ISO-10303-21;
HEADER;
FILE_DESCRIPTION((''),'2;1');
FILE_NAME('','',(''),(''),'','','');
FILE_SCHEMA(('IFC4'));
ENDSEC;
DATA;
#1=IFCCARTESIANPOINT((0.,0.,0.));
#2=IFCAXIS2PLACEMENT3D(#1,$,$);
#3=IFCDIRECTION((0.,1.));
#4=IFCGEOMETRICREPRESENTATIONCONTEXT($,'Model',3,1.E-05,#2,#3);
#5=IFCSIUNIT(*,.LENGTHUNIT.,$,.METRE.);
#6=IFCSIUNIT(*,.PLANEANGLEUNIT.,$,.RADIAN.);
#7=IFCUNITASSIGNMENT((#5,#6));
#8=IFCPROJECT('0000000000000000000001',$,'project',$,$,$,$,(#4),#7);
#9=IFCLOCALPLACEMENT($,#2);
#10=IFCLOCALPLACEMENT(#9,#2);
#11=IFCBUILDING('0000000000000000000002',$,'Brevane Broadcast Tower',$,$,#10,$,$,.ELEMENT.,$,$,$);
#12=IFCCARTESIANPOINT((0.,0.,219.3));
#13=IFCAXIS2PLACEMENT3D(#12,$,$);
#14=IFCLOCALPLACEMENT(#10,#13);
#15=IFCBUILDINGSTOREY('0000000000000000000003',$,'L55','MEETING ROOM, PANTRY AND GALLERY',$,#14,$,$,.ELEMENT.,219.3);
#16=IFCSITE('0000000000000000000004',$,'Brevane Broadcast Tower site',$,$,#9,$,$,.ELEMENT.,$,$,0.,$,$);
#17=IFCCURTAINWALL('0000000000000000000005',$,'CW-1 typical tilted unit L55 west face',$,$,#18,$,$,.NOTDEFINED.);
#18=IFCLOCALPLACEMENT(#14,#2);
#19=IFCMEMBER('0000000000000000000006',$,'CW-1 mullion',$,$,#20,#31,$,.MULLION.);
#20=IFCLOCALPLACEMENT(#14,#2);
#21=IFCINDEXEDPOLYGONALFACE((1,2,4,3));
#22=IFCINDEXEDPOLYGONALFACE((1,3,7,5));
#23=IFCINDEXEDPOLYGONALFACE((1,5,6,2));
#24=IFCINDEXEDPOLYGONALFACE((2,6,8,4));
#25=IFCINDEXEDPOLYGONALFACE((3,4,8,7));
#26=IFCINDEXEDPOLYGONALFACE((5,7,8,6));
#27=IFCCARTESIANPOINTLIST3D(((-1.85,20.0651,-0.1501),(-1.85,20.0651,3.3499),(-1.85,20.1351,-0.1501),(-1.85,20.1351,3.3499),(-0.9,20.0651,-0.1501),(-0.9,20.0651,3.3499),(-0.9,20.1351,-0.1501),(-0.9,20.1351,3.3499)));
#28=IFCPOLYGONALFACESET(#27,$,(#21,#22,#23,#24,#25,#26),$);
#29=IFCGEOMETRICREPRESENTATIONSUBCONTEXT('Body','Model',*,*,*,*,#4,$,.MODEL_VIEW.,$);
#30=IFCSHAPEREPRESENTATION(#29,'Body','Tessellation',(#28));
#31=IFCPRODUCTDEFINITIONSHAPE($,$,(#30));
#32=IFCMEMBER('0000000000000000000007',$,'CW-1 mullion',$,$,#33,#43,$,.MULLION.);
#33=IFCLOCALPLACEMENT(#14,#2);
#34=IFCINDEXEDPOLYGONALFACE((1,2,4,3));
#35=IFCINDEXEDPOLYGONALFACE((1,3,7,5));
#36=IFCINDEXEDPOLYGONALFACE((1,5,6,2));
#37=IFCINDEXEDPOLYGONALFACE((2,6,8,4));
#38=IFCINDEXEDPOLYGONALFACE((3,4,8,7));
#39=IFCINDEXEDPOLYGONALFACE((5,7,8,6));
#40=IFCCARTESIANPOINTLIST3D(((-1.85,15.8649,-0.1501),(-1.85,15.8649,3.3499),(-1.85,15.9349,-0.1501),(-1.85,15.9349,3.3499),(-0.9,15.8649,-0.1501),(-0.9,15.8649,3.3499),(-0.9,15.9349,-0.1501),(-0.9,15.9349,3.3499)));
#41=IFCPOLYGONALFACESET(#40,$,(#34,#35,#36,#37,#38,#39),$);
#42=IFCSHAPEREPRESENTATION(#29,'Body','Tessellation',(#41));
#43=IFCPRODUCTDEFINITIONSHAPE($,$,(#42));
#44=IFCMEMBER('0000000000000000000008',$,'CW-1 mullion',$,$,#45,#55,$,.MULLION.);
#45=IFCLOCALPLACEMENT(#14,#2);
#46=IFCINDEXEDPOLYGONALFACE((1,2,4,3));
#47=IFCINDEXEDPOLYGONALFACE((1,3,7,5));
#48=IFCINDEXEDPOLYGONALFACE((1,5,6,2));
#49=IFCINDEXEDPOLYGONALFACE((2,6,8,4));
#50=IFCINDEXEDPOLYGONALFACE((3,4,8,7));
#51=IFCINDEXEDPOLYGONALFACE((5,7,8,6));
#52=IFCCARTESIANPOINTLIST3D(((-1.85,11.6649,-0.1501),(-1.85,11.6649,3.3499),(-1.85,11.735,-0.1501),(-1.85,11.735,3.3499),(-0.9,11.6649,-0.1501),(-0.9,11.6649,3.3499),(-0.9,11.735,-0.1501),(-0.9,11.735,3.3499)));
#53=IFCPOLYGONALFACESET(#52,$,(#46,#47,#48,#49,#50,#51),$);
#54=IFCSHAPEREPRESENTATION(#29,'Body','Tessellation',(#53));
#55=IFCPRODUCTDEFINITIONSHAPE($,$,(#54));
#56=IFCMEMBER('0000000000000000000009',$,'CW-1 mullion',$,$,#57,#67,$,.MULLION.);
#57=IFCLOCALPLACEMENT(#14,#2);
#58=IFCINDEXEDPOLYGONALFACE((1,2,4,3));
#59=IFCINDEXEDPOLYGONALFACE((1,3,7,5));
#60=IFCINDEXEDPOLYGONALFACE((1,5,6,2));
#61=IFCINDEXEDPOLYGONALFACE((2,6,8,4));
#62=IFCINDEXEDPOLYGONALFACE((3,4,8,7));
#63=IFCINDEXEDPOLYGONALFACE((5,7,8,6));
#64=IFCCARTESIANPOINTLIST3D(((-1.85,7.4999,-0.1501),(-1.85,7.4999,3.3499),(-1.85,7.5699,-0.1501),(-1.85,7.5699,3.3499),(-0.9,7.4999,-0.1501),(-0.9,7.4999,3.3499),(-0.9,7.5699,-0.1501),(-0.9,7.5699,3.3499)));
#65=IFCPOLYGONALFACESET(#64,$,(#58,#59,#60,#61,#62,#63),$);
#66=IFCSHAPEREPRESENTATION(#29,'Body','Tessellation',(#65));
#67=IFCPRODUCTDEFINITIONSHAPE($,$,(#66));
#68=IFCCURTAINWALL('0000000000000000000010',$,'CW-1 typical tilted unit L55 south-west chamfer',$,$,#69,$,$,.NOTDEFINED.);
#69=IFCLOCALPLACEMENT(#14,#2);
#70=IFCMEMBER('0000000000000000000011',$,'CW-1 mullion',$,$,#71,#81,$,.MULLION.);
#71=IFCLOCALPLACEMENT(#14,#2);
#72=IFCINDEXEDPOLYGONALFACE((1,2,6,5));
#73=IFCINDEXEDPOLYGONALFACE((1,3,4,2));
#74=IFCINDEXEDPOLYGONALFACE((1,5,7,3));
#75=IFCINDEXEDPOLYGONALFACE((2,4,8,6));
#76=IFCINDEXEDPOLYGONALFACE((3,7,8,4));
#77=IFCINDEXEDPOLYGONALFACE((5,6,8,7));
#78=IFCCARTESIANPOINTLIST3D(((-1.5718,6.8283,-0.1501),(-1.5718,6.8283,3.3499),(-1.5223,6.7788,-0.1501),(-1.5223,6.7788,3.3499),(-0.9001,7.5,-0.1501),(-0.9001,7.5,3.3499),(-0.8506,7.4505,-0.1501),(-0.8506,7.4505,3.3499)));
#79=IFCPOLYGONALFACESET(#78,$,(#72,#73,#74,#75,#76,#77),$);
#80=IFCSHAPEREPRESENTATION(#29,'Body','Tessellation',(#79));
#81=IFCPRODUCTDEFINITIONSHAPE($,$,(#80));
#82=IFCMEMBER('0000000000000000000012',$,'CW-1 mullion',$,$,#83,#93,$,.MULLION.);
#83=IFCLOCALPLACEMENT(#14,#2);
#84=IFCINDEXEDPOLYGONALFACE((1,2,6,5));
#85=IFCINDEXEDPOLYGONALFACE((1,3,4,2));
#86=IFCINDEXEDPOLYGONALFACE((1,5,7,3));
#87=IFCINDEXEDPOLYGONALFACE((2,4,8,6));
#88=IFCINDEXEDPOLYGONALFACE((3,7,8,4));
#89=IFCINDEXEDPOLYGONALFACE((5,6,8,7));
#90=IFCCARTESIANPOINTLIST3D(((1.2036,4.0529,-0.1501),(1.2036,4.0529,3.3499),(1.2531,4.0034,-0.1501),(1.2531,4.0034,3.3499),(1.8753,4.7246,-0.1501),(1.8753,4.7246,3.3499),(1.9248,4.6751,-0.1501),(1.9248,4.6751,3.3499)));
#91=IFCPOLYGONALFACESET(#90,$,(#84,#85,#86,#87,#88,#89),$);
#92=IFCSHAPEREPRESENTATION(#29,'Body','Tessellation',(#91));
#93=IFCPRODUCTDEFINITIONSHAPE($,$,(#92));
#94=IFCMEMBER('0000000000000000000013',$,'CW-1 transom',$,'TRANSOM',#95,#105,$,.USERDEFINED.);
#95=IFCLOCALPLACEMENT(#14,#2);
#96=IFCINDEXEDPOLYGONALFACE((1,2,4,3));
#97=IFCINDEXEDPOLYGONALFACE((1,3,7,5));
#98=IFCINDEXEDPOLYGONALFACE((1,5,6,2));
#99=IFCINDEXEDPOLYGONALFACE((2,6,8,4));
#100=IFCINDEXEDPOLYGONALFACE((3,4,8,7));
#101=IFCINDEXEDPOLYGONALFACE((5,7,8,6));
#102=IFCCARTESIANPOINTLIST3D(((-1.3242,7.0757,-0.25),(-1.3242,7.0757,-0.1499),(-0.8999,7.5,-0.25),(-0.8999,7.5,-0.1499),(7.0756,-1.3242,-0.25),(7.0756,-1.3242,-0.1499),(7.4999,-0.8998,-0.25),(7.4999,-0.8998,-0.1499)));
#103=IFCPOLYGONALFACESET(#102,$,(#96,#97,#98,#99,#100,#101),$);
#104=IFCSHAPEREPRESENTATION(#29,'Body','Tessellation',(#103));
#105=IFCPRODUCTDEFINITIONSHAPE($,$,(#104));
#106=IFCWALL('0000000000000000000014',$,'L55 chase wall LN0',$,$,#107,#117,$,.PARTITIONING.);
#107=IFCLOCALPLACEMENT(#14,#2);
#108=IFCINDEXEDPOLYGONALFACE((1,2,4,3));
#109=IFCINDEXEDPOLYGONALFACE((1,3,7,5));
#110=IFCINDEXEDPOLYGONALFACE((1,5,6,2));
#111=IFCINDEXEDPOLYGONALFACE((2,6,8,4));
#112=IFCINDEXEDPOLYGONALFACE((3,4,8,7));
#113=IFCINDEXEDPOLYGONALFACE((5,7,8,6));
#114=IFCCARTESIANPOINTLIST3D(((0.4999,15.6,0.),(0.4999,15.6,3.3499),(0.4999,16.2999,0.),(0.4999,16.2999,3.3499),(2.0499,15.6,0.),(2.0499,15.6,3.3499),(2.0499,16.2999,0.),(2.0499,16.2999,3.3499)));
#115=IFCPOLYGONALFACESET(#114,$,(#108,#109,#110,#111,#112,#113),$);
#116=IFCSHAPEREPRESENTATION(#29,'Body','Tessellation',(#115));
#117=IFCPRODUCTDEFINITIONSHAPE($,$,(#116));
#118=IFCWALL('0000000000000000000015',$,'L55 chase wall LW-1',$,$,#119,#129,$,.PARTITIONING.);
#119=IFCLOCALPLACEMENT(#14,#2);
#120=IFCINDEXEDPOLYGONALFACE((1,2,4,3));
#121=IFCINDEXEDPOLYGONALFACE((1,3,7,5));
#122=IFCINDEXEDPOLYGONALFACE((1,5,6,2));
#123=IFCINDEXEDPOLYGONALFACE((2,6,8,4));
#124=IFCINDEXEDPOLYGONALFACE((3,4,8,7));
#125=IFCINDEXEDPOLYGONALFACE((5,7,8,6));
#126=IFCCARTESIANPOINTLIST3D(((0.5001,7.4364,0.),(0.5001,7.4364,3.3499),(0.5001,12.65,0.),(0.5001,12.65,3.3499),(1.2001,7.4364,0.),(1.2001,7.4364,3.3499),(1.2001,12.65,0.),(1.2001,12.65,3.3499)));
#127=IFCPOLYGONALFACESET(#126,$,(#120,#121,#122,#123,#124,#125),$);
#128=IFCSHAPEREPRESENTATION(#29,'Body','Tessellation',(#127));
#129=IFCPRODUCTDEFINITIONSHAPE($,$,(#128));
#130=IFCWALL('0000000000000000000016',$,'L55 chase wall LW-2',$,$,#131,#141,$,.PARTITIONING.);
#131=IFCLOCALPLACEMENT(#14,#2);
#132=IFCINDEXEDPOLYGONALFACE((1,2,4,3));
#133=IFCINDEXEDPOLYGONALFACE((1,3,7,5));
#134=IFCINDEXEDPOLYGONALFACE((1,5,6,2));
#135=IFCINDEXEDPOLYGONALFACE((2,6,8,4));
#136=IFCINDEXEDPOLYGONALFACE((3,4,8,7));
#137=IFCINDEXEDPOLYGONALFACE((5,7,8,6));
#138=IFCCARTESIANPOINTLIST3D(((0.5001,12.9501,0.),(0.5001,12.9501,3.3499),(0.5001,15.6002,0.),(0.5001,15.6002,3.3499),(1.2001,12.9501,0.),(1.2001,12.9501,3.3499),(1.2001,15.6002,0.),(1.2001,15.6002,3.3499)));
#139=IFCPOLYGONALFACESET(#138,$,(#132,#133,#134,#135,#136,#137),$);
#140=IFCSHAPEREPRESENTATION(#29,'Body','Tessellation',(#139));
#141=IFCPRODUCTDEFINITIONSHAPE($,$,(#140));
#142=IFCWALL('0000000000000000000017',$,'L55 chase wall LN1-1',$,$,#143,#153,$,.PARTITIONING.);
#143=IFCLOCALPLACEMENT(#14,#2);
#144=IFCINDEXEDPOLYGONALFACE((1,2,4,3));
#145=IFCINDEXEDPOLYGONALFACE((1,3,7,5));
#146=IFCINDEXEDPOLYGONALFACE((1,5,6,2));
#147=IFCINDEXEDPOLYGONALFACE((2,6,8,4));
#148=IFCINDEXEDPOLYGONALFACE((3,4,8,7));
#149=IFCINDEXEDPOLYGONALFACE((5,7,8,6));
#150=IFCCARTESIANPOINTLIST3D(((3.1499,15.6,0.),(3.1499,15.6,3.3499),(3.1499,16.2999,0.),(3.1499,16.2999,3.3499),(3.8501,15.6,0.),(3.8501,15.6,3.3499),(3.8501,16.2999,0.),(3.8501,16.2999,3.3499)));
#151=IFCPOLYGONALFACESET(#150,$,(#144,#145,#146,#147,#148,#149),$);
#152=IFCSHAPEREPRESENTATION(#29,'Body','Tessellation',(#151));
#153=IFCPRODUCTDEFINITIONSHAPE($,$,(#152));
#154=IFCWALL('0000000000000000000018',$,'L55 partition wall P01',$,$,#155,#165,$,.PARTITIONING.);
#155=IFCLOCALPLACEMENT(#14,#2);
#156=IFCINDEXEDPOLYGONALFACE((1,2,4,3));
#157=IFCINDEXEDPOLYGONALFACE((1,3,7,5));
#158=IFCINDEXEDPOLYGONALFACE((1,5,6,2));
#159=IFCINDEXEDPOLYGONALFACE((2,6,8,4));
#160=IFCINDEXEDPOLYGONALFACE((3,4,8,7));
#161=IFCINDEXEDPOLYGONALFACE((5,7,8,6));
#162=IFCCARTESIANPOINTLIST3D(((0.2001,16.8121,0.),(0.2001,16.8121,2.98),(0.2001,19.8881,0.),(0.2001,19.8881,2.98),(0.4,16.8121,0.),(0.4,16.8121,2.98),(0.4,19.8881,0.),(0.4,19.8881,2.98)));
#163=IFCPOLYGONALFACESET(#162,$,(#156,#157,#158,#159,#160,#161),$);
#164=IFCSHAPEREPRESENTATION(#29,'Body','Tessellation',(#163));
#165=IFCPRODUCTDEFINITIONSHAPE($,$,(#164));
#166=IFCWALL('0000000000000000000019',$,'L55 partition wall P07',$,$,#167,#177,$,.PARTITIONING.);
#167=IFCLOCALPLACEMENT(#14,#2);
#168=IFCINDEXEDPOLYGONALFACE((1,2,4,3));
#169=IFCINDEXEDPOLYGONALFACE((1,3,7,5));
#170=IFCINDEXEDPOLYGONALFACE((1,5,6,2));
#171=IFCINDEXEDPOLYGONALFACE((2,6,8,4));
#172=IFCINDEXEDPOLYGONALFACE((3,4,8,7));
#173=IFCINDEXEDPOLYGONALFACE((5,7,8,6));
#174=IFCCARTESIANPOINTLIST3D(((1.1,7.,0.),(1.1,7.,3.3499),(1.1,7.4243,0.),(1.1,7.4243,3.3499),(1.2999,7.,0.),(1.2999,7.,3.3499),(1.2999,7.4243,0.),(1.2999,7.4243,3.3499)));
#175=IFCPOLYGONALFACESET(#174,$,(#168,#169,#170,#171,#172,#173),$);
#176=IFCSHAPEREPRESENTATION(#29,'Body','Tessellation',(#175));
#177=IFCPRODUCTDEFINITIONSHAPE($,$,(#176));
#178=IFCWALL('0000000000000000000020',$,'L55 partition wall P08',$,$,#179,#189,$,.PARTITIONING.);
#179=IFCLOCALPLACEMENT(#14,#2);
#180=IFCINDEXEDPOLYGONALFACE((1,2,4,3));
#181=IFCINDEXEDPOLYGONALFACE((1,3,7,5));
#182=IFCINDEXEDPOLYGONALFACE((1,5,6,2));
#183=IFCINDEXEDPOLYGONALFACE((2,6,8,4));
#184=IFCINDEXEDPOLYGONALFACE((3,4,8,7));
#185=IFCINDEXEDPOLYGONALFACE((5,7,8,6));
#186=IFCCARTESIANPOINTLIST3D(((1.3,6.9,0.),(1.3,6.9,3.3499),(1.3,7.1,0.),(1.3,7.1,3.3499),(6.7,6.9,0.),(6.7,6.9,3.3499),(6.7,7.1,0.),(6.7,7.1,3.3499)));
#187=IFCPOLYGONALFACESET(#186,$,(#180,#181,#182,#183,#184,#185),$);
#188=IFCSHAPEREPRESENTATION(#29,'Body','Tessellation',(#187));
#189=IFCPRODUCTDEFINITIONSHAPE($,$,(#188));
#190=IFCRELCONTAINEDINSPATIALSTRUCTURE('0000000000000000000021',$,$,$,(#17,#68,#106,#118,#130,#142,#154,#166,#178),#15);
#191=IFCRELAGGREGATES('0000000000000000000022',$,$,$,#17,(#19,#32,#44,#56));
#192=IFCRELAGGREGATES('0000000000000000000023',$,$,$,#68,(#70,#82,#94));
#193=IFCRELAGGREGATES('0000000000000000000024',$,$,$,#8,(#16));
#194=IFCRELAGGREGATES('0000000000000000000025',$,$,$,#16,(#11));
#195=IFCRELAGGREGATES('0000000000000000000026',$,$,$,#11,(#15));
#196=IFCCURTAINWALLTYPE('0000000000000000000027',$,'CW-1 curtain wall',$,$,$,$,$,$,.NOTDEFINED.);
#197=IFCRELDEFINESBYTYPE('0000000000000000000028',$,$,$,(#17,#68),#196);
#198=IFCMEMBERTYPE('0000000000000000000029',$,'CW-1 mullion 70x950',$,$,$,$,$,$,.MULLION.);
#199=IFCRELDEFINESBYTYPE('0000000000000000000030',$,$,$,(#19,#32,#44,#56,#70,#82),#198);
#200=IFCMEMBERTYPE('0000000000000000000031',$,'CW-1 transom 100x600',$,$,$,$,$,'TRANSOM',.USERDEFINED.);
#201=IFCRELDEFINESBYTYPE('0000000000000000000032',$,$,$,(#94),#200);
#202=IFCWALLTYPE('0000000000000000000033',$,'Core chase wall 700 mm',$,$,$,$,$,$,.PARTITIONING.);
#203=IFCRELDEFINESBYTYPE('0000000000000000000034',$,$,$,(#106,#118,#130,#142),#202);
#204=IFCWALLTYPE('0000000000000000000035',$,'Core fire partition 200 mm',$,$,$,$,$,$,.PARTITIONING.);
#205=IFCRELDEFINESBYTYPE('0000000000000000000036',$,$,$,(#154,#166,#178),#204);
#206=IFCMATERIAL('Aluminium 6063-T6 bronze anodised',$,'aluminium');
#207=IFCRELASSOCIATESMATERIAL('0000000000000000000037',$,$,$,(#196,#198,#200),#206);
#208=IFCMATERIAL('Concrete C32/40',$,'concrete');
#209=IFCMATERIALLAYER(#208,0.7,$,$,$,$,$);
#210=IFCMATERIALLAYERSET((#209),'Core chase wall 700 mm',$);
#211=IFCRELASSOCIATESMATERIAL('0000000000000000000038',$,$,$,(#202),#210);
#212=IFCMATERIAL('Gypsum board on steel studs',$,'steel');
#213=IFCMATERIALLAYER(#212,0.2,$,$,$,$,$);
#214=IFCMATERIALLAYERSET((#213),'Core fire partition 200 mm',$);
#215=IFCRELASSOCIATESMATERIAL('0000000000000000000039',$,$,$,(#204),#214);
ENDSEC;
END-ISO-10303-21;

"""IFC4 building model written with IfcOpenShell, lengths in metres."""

from ifc_helpers import new_model, si_unit, direction, frame, frame_2d, origin, origin_2d, place, context, subcontext, project, spatial, rectangle, extrude, material, layer, layer_set, material_profile, profile_set, type_object, element, aggregate, save


model = new_model("IFC4")

# Units and contexts
model_context = context("Model", 3, precision=1e-05, world=origin(), true_north=direction((0.0, 1.0)))
body_context = subcontext(model_context, "Body", "Model", "MODEL_VIEW")
ifc_project = project(units=[si_unit("LENGTHUNIT", "METRE"), si_unit("PLANEANGLEUNIT", "RADIAN")], contexts=[model_context])

# Site, building, storey
site_placement = place(None, origin())
site = spatial("IfcSite", under=ifc_project, at=site_placement, Name="Brevane Broadcast Tower site", CompositionType="ELEMENT", RefElevation=0.0)
building_placement = place(site_placement, origin())
building = spatial("IfcBuilding", under=site, at=building_placement, Name="Brevane Broadcast Tower", CompositionType="ELEMENT")
storey_placement = place(building_placement, frame((0.0, 0.0, 219.3)))
storey = spatial("IfcBuildingStorey", under=building, at=storey_placement, Name="L55", Description="MEETING ROOM, PANTRY AND GALLERY", CompositionType="ELEMENT", Elevation=219.3)

# Curtain walls, members
ifc_material_1 = material(Name="Aluminium 6063-T6 bronze anodised", Category="aluminium")
curtain_wall_type = type_object("IfcCurtainWallType", Name="CW-1 curtain wall", PredefinedType="NOTDEFINED", material=ifc_material_1)
curtain_wall_1_placement = place(storey_placement, origin())
curtain_wall_1 = element("IfcCurtainWall", 1, at=curtain_wall_1_placement, inside=storey, type_object=curtain_wall_type, Name="CW-1 typical tilted unit L55 west face", PredefinedType="NOTDEFINED")
ifc_material_profile_1 = material_profile(ifc_material_1, rectangle(XDim=0.95, YDim=0.0701, at=origin_2d()), Name="RECT 70x950")
ifc_profile_set_1 = profile_set([ifc_material_profile_1], Name="Aluminium 6063-T6 bronze anodised")
member_type_1 = type_object("IfcMemberType", Name="CW-1 mullion 70x950", PredefinedType="MULLION", material=ifc_profile_set_1)
member_1_placement = place(storey_placement, frame((-1.375, 20.1001, -0.1501), z_axis=(0.0, 0.0, 1.0), x_axis=(1.0, 0.0, 0.0)))
member_1 = element("IfcMember", 2, at=member_1_placement, type_object=member_type_1, Name="CW-1 mullion", PredefinedType="MULLION", context=body_context, shape_type="SweptSolid", body=[
    extrude(rectangle(XDim=0.95, YDim=0.0701, at=origin_2d()), origin(), (0.0, 0.0, 1.0), 3.5),
])
member_2_placement = place(storey_placement, frame((-1.375, 15.8999, -0.1501), z_axis=(0.0, 0.0, 1.0), x_axis=(1.0, 0.0, 0.0)))
member_2 = element("IfcMember", 3, at=member_2_placement, type_object=member_type_1, Name="CW-1 mullion", PredefinedType="MULLION", context=body_context, shape_type="SweptSolid", body=[
    extrude(rectangle(XDim=0.95, YDim=0.0701, at=origin_2d()), origin(), (0.0, 0.0, 1.0), 3.5),
])
member_3_placement = place(storey_placement, frame((-1.375, 11.7, -0.1501), z_axis=(0.0, 0.0, 1.0), x_axis=(1.0, 0.0, 0.0)))
member_3 = element("IfcMember", 4, at=member_3_placement, type_object=member_type_1, Name="CW-1 mullion", PredefinedType="MULLION", context=body_context, shape_type="SweptSolid", body=[
    extrude(rectangle(XDim=0.95, YDim=0.0701, at=origin_2d()), origin(), (0.0, 0.0, 1.0), 3.5),
])
member_4_placement = place(storey_placement, frame((-1.375, 7.5349, -0.1501), z_axis=(0.0, 0.0, 1.0), x_axis=(1.0, 0.0, 0.0)))
member_4 = element("IfcMember", 5, at=member_4_placement, type_object=member_type_1, Name="CW-1 mullion", PredefinedType="MULLION", context=body_context, shape_type="SweptSolid", body=[
    extrude(rectangle(XDim=0.95, YDim=0.0701, at=origin_2d()), origin(), (0.0, 0.0, 1.0), 3.5),
])
aggregate(curtain_wall_1, [member_1, member_2, member_3, member_4])
curtain_wall_2_placement = place(storey_placement, origin())
curtain_wall_2 = element("IfcCurtainWall", 6, at=curtain_wall_2_placement, inside=storey, type_object=curtain_wall_type, Name="CW-1 typical tilted unit L55 south-west chamfer", PredefinedType="NOTDEFINED")
member_5_placement = place(storey_placement, frame((-1.2112, 7.1394, -0.1501), z_axis=(0.0, 0.0, 1.0), x_axis=(0.707107, 0.707107, 0.0)))
member_5 = element("IfcMember", 7, at=member_5_placement, type_object=member_type_1, Name="CW-1 mullion", PredefinedType="MULLION", context=body_context, shape_type="SweptSolid", body=[
    extrude(rectangle(XDim=0.95, YDim=0.0701, at=origin_2d()), origin(), (0.0, 0.0, 1.0), 3.5),
])
member_6_placement = place(storey_placement, frame((1.5642, 4.364, -0.1501), z_axis=(0.0, 0.0, 1.0), x_axis=(0.707107, 0.707107, 0.0)))
member_6 = element("IfcMember", 8, at=member_6_placement, type_object=member_type_1, Name="CW-1 mullion", PredefinedType="MULLION", context=body_context, shape_type="SweptSolid", body=[
    extrude(rectangle(XDim=0.95, YDim=0.0701, at=origin_2d()), origin(), (0.0, 0.0, 1.0), 3.5),
])
ifc_material_profile_2 = material_profile(ifc_material_1, rectangle(XDim=0.6001, YDim=0.1001, at=origin_2d()), Name="RECT 100x600")
ifc_profile_set_2 = profile_set([ifc_material_profile_2], Name="Aluminium 6063-T6 bronze anodised")
member_type_2 = type_object("IfcMemberType", Name="CW-1 transom 100x600", ElementType="TRANSOM", PredefinedType="USERDEFINED", material=ifc_profile_set_2)
member_7_placement = place(storey_placement, frame((-1.1121, 7.2878, -0.2), z_axis=(0.707107, -0.707107, 0.0), x_axis=(0.707107, 0.707107, 0.0)))
member_7 = element("IfcMember", 9, at=member_7_placement, type_object=member_type_2, Name="CW-1 transom", ObjectType="TRANSOM", PredefinedType="USERDEFINED", context=body_context, shape_type="SweptSolid", body=[
    extrude(rectangle(XDim=0.6001, YDim=0.1001, at=origin_2d()), origin(), (0.0, 0.0, 1.0), 11.8792),
])
aggregate(curtain_wall_2, [member_5, member_6, member_7])

# Walls
ifc_material_2 = material(Name="Concrete C32/40", Category="concrete")
ifc_layer_1 = layer(ifc_material_2, 0.7)
ifc_layer_set_1 = layer_set([ifc_layer_1], Name="Core chase wall 700 mm")
wall_type_1 = type_object("IfcWallType", Name="Core chase wall 700 mm", PredefinedType="PARTITIONING", material=ifc_layer_set_1)
wall_1_placement = place(storey_placement, frame((0.5, 15.95, 0.0), z_axis=(0.0, 0.0, 1.0), x_axis=(1.0, 0.0, 0.0)))
element("IfcWall", 10, at=wall_1_placement, inside=storey, type_object=wall_type_1, Name="L55 chase wall LN0", PredefinedType="PARTITIONING", context=body_context, shape_type="SweptSolid", body=[
    extrude(rectangle(XDim=1.55, YDim=0.7, at=frame_2d((0.7749, 0.0))), origin(), (0.0, 0.0, 1.0), 3.3499),
])
wall_2_placement = place(storey_placement, frame((0.8501, 7.4363, 0.0), z_axis=(0.0, 0.0, 1.0), x_axis=(0.0, 1.0, 0.0)))
element("IfcWall", 11, at=wall_2_placement, inside=storey, type_object=wall_type_1, Name="L55 chase wall LW-1", PredefinedType="PARTITIONING", context=body_context, shape_type="SweptSolid", body=[
    extrude(rectangle(XDim=5.2136, YDim=0.7, at=frame_2d((2.6069, 0.0))), origin(), (0.0, 0.0, 1.0), 3.3499),
])
wall_3_placement = place(storey_placement, frame((0.8501, 12.95, 0.0), z_axis=(0.0, 0.0, 1.0), x_axis=(0.0, 1.0, 0.0)))
element("IfcWall", 12, at=wall_3_placement, inside=storey, type_object=wall_type_1, Name="L55 chase wall LW-2", PredefinedType="PARTITIONING", context=body_context, shape_type="SweptSolid", body=[
    extrude(rectangle(XDim=2.6501, YDim=0.7, at=frame_2d((1.3252, 0.0))), origin(), (0.0, 0.0, 1.0), 3.3499),
])
wall_4_placement = place(storey_placement, frame((3.1499, 15.95, 0.0), z_axis=(0.0, 0.0, 1.0), x_axis=(1.0, 0.0, 0.0)))
element("IfcWall", 13, at=wall_4_placement, inside=storey, type_object=wall_type_1, Name="L55 chase wall LN1-1", PredefinedType="PARTITIONING", context=body_context, shape_type="SweptSolid", body=[
    extrude(rectangle(XDim=0.7002, YDim=0.7, at=frame_2d((0.3501, 0.0))), origin(), (0.0, 0.0, 1.0), 3.3499),
])
ifc_material_3 = material(Name="Gypsum board on steel studs", Category="steel")
ifc_layer_2 = layer(ifc_material_3, 0.2)
ifc_layer_set_2 = layer_set([ifc_layer_2], Name="Core fire partition 200 mm")
wall_type_2 = type_object("IfcWallType", Name="Core fire partition 200 mm", PredefinedType="PARTITIONING", material=ifc_layer_set_2)
wall_5_placement = place(storey_placement, frame((0.3, 16.812, 0.0), z_axis=(0.0, 0.0, 1.0), x_axis=(0.0, 1.0, 0.0)))
element("IfcWall", 14, at=wall_5_placement, inside=storey, type_object=wall_type_2, Name="L55 partition wall P01", PredefinedType="PARTITIONING", context=body_context, shape_type="SweptSolid", body=[
    extrude(rectangle(XDim=3.0759, YDim=0.2, at=frame_2d((1.5381, 0.0))), origin(), (0.0, 0.0, 1.0), 2.98),
])
wall_6_placement = place(storey_placement, frame((1.2, 7.4243, 0.0), z_axis=(0.0, 0.0, 1.0), x_axis=(0.0, -1.0, 0.0)))
element("IfcWall", 15, at=wall_6_placement, inside=storey, type_object=wall_type_2, Name="L55 partition wall P07", PredefinedType="PARTITIONING", context=body_context, shape_type="SweptSolid", body=[
    extrude(rectangle(XDim=0.4243, YDim=0.2, at=frame_2d((0.2122, 0.0))), origin(), (0.0, 0.0, 1.0), 3.3499),
])
wall_7_placement = place(storey_placement, frame((1.3, 7.0, 0.0), z_axis=(0.0, 0.0, 1.0), x_axis=(1.0, 0.0, 0.0)))
element("IfcWall", 16, at=wall_7_placement, inside=storey, type_object=wall_type_2, Name="L55 partition wall P08", PredefinedType="PARTITIONING", context=body_context, shape_type="SweptSolid", body=[
    extrude(rectangle(XDim=5.3999, YDim=0.2, at=frame_2d((2.7, 0.0))), origin(), (0.0, 0.0, 1.0), 3.3499),
])

save(model, "model.ifc")
